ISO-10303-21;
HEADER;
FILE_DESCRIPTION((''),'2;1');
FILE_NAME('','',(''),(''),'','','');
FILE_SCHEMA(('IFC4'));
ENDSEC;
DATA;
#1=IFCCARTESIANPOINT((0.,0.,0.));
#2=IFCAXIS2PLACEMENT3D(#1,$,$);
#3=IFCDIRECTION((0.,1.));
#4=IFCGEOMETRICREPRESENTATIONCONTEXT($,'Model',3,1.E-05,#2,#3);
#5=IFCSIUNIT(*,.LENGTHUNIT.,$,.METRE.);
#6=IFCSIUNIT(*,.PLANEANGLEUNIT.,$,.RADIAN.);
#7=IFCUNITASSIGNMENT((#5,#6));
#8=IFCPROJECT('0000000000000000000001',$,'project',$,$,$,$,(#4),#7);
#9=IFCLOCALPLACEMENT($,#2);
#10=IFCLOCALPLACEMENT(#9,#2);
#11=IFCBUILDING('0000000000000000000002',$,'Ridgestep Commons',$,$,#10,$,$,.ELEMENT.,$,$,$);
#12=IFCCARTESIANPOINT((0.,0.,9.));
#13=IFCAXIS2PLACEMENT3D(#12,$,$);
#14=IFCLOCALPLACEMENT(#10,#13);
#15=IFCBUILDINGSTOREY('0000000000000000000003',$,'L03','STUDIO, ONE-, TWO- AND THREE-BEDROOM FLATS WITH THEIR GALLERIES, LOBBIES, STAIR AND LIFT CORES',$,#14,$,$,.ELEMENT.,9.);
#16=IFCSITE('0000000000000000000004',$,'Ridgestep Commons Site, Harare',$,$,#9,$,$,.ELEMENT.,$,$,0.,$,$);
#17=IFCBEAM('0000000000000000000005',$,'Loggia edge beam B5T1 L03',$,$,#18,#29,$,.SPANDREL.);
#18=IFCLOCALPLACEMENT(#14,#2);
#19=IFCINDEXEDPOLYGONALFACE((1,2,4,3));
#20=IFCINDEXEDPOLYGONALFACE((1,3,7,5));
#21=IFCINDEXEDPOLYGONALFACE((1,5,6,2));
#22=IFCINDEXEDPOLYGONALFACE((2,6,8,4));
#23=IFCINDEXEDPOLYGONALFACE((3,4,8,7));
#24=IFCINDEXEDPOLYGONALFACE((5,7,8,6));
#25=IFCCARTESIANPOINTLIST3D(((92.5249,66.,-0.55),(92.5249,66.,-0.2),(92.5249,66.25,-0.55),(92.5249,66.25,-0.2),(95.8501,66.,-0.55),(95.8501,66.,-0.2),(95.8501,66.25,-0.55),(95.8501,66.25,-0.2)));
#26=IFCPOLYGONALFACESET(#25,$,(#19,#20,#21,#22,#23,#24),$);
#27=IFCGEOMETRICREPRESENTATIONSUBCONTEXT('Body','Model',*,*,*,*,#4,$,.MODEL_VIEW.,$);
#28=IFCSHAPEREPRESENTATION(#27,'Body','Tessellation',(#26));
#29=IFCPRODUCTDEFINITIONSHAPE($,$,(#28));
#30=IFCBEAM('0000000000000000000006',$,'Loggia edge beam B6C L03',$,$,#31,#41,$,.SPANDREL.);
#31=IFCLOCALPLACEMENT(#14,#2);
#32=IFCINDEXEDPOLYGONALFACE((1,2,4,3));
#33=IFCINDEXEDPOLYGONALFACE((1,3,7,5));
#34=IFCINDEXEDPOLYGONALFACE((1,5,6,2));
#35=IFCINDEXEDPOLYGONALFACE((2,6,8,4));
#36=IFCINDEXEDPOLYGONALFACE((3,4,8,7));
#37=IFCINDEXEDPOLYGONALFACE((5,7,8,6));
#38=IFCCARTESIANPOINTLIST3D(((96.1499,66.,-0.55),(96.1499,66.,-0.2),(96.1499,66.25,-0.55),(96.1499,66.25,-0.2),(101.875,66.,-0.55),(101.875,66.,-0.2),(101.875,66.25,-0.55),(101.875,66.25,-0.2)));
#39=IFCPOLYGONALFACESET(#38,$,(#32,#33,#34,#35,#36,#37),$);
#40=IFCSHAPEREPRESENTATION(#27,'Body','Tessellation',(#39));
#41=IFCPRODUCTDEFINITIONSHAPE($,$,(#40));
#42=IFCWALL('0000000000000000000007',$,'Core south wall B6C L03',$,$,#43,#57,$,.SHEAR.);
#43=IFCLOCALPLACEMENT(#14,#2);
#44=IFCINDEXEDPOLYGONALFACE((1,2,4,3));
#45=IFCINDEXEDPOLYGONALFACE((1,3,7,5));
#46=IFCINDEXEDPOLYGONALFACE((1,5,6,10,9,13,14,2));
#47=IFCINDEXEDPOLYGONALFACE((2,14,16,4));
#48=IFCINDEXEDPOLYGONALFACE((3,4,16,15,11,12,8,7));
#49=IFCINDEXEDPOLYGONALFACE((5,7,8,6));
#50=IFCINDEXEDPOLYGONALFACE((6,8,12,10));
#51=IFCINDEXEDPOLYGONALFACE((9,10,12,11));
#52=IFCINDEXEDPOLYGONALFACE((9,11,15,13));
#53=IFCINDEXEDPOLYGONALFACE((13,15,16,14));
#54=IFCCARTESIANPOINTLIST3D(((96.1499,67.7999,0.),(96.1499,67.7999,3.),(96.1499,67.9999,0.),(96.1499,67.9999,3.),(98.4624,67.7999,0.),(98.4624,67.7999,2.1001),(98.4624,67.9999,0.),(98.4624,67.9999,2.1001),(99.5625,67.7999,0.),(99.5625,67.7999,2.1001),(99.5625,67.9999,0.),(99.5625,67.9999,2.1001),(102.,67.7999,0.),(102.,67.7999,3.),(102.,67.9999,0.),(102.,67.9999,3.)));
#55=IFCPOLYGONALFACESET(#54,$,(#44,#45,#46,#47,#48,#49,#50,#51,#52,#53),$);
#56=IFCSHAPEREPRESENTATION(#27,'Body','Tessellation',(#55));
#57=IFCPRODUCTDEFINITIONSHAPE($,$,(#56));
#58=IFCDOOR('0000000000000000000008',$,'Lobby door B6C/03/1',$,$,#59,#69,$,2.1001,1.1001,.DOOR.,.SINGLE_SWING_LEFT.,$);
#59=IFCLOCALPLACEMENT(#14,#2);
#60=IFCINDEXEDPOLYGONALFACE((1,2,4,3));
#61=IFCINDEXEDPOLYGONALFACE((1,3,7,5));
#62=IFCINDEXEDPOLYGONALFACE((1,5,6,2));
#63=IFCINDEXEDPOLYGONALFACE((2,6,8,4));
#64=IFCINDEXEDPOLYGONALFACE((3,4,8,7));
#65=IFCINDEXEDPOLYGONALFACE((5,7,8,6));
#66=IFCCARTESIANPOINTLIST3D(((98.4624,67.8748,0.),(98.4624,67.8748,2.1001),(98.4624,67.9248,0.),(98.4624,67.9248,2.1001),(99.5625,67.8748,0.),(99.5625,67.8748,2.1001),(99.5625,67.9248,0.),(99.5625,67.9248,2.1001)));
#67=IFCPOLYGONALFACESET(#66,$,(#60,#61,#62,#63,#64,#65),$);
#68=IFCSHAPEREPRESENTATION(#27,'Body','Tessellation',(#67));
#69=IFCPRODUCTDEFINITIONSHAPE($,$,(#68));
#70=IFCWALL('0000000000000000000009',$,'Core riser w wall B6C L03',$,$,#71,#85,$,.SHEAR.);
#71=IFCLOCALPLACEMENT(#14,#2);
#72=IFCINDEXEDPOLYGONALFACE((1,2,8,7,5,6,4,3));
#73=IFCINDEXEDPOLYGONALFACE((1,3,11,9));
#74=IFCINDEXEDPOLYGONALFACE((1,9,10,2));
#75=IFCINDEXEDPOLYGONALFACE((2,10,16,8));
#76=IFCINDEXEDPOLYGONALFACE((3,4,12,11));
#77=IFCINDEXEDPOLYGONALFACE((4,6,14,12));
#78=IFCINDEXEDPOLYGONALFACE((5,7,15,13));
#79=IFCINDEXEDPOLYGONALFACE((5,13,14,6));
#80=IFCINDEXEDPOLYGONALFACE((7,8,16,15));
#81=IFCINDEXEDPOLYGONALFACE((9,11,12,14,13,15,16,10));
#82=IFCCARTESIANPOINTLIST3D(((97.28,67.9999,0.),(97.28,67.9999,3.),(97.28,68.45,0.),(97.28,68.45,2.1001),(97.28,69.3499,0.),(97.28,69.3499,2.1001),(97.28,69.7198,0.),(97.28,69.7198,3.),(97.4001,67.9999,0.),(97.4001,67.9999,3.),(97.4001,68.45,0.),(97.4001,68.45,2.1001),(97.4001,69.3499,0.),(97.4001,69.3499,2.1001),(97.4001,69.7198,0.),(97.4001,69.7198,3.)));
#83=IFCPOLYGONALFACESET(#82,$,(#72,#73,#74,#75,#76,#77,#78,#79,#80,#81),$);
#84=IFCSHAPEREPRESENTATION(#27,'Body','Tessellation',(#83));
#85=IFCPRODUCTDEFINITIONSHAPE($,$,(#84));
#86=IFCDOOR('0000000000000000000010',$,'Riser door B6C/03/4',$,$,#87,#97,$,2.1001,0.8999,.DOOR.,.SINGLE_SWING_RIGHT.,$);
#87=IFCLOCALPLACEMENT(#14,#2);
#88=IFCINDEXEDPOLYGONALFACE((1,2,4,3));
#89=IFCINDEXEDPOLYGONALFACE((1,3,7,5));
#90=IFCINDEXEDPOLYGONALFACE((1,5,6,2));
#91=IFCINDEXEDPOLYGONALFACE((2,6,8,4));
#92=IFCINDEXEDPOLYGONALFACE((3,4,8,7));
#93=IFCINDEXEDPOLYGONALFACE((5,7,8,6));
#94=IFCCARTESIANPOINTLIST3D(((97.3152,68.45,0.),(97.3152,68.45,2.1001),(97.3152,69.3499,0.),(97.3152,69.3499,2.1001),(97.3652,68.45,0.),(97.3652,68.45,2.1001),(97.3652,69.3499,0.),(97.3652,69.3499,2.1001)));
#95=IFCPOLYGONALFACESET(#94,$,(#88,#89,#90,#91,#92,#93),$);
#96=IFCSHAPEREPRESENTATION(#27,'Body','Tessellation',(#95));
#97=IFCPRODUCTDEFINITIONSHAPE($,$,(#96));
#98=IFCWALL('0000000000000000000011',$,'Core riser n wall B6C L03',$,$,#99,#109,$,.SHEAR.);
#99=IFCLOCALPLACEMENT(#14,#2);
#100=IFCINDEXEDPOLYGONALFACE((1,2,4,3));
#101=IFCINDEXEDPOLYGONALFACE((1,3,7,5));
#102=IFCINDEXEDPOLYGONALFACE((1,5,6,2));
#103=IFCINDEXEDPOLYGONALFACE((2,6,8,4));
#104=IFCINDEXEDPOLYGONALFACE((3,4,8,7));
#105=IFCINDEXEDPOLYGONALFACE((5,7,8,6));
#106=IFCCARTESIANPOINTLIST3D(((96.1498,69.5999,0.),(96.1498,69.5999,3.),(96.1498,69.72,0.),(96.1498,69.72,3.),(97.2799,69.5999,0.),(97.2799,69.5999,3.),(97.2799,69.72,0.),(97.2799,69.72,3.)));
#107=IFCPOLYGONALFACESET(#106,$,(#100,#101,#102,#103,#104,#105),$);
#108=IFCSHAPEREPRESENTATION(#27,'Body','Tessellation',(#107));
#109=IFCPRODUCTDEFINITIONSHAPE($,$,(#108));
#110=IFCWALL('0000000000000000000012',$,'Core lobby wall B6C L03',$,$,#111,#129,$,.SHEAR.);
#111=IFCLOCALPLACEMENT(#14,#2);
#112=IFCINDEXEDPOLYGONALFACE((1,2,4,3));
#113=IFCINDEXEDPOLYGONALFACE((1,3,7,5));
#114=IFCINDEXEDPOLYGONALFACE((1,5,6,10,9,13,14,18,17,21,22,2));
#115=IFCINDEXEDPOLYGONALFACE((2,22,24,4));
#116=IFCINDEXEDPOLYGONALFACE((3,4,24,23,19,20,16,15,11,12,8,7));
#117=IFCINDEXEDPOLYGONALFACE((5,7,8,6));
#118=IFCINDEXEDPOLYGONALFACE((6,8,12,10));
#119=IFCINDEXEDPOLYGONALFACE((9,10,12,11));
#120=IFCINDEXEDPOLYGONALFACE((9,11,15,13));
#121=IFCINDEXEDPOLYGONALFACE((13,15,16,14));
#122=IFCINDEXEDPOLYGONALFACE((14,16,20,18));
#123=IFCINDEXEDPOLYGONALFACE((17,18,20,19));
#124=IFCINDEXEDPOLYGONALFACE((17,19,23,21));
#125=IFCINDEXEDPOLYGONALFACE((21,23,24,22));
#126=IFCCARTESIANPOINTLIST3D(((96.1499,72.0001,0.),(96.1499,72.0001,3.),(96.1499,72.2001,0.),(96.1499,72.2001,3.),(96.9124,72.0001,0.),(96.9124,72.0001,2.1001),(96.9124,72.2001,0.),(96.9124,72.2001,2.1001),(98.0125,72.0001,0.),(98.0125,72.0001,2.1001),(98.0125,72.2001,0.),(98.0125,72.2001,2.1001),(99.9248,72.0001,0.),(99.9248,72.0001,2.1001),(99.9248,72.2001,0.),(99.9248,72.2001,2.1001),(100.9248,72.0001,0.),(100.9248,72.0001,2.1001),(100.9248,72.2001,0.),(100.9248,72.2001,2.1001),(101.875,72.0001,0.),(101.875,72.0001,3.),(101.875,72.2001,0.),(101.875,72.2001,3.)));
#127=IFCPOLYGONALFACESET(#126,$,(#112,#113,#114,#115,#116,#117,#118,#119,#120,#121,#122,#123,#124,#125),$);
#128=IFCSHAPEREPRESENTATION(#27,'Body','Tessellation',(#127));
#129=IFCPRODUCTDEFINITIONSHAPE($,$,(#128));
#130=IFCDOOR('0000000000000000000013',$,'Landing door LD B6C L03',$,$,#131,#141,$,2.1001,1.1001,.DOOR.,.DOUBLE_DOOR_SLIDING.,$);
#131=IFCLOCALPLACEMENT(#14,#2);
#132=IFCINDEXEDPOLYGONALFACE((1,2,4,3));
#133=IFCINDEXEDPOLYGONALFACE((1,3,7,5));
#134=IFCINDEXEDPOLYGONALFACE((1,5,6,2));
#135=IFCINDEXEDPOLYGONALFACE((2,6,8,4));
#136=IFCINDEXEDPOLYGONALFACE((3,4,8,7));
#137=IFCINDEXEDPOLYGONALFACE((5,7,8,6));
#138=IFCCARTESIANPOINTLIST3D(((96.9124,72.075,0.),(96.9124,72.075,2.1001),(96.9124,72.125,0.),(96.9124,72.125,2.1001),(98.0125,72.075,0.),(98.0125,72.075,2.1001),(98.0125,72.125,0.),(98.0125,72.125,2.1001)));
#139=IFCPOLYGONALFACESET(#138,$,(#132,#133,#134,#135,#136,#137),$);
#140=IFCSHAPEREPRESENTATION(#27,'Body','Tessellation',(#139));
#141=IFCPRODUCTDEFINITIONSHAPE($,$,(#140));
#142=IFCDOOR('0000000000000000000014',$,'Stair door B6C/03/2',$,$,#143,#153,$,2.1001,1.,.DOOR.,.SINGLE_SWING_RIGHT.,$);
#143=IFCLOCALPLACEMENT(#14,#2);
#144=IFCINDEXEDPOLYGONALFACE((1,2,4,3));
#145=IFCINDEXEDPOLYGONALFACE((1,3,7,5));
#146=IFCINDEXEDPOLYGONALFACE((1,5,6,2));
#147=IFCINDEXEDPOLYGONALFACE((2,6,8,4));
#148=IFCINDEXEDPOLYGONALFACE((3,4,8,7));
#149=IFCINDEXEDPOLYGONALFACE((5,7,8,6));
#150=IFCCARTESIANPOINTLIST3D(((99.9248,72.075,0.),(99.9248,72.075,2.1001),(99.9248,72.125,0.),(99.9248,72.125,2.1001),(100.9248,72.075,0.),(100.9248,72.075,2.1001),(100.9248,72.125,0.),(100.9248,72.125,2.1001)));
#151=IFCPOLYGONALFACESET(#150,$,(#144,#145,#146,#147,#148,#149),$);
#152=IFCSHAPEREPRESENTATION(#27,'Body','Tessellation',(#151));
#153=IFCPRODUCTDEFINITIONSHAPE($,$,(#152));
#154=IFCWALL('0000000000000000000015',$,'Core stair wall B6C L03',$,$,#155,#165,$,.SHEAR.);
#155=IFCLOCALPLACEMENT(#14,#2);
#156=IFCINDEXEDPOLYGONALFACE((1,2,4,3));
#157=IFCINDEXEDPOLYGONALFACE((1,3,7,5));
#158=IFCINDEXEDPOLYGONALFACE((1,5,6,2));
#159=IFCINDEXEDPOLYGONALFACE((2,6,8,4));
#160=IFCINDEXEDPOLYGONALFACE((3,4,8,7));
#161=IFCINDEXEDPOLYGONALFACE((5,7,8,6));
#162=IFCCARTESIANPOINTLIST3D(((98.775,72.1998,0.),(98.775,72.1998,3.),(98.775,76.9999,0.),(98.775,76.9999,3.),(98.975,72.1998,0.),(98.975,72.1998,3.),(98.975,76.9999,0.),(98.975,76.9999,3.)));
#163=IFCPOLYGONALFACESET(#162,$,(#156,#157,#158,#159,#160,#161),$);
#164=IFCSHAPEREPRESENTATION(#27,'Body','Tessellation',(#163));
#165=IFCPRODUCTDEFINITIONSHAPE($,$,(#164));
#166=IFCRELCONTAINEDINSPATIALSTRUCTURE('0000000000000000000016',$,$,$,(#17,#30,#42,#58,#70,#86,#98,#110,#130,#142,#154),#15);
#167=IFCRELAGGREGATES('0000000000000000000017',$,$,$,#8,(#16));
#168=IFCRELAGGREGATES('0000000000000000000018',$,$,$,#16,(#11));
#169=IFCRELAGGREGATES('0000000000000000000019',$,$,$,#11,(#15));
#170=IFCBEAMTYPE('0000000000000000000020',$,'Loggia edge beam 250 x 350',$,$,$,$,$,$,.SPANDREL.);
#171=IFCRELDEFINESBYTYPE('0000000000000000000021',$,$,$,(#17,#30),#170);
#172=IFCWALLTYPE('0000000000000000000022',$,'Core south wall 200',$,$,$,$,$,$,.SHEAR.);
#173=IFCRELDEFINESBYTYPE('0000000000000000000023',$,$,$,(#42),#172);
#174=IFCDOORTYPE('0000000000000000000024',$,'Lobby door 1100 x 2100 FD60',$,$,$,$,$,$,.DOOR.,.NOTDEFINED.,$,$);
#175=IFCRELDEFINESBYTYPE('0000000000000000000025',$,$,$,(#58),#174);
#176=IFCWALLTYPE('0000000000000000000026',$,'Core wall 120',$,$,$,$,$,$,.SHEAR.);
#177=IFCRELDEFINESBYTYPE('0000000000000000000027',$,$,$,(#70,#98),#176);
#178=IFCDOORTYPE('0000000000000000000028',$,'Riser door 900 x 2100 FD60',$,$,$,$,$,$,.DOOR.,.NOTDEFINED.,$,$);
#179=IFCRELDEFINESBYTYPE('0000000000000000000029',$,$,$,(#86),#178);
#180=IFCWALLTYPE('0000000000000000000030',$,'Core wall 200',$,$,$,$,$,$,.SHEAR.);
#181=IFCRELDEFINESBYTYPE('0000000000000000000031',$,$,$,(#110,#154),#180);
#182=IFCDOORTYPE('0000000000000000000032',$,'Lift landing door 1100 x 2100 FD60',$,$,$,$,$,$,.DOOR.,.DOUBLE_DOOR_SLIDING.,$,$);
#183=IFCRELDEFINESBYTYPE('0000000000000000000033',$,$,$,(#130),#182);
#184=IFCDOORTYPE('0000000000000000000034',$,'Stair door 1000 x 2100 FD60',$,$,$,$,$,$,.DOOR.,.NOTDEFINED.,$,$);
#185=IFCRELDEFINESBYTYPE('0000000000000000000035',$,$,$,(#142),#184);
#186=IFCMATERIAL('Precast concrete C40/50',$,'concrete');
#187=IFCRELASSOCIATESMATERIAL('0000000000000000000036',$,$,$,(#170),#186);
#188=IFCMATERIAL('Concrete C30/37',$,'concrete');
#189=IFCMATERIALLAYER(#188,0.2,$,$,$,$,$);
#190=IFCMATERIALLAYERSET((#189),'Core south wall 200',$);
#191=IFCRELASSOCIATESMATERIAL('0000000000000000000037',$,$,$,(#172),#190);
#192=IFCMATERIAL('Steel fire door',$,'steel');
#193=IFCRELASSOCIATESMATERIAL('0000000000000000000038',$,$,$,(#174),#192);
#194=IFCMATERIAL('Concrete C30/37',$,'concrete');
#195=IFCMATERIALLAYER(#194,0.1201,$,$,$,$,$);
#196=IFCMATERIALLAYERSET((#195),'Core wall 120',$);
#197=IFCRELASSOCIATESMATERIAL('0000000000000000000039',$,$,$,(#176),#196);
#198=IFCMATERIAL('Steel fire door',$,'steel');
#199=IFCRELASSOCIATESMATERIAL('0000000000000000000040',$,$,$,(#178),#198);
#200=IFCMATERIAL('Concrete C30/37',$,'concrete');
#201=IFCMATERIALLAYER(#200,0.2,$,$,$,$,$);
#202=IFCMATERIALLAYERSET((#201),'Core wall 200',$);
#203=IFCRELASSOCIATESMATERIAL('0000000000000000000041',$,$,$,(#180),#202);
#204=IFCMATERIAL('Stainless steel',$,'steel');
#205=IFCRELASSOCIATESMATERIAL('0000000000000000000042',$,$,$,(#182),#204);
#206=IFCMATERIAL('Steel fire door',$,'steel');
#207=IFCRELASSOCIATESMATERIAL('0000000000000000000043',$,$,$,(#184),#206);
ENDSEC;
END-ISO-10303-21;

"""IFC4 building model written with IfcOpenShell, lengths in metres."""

from ifc_helpers import new_model, si_unit, direction, frame, frame_2d, origin, origin_2d, place, context, subcontext, project, spatial, rectangle, extrude, material, layer, layer_set, material_profile, profile_set, type_object, element, fill, save


model = new_model("IFC4")

# Units and contexts
model_context = context("Model", 3, precision=1e-05, world=origin(), true_north=direction((0.0, 1.0)))
body_context = subcontext(model_context, "Body", "Model", "MODEL_VIEW")
ifc_project = project(units=[si_unit("LENGTHUNIT", "METRE"), si_unit("PLANEANGLEUNIT", "RADIAN")], contexts=[model_context])

# Site, building, storey
site_placement = place(None, origin())
site = spatial("IfcSite", under=ifc_project, at=site_placement, Name="Ridgestep Commons Site, Harare", CompositionType="ELEMENT", RefElevation=0.0)
building_placement = place(site_placement, origin())
building = spatial("IfcBuilding", under=site, at=building_placement, Name="Ridgestep Commons", CompositionType="ELEMENT")
storey_placement = place(building_placement, frame((0.0, 0.0, 9.0)))
storey = spatial("IfcBuildingStorey", under=building, at=storey_placement, Name="L03", Description="STUDIO, ONE-, TWO- AND THREE-BEDROOM FLATS WITH THEIR GALLERIES, LOBBIES, STAIR AND LIFT CORES", CompositionType="ELEMENT", Elevation=9.0)

# Beams
ifc_material_1 = material(Name="Precast concrete C40/50", Category="concrete")
ifc_material_profile = material_profile(ifc_material_1, rectangle(XDim=0.25, YDim=0.3501, at=origin_2d()), Name="PC 250x350")
ifc_profile_set = profile_set([ifc_material_profile], Name="Precast concrete C40/50")
beam_type = type_object("IfcBeamType", Name="Loggia edge beam 250 x 350", PredefinedType="SPANDREL", material=ifc_profile_set)
beam_1_placement = place(storey_placement, frame((92.5249, 66.125, -0.375), z_axis=(1.0, 0.0, 0.0), x_axis=(0.0, 1.0, 0.0)))
element("IfcBeam", 1, at=beam_1_placement, inside=storey, type_object=beam_type, Name="Loggia edge beam B5T1 L03", PredefinedType="SPANDREL", context=body_context, shape_type="SweptSolid", body=[
    extrude(rectangle(XDim=0.25, YDim=0.3501, at=origin_2d()), origin(), (0.0, 0.0, 1.0), 3.3252),
])
beam_2_placement = place(storey_placement, frame((96.1499, 66.125, -0.375), z_axis=(1.0, 0.0, 0.0), x_axis=(0.0, 1.0, 0.0)))
element("IfcBeam", 2, at=beam_2_placement, inside=storey, type_object=beam_type, Name="Loggia edge beam B6C L03", PredefinedType="SPANDREL", context=body_context, shape_type="SweptSolid", body=[
    extrude(rectangle(XDim=0.25, YDim=0.3501, at=origin_2d()), origin(), (0.0, 0.0, 1.0), 5.7251),
])

# Walls, openings, doors
ifc_material_2 = material(Name="Concrete C30/37", Category="concrete")
ifc_layer_1 = layer(ifc_material_2, 0.2)
ifc_layer_set_1 = layer_set([ifc_layer_1], Name="Core south wall 200")
wall_type_1 = type_object("IfcWallType", Name="Core south wall 200", PredefinedType="SHEAR", material=ifc_layer_set_1)
wall_1_placement = place(storey_placement, frame((96.1499, 67.8999, 0.0), z_axis=(0.0, 0.0, 1.0), x_axis=(1.0, 0.0, 0.0)))
wall_1 = element("IfcWall", 3, at=wall_1_placement, inside=storey, type_object=wall_type_1, Name="Core south wall B6C L03", PredefinedType="SHEAR", context=body_context, shape_type="SweptSolid", body=[
    extrude(rectangle(XDim=5.8501, YDim=0.2, at=frame_2d((2.925, 0.0))), origin(), (0.0, 0.0, 1.0), 3.0),
])
opening_1_placement = place(wall_1_placement, frame((2.3125, 0.0, 0.0)))
opening_1 = element("IfcOpeningElement", 4, at=opening_1_placement, cuts=wall_1, PredefinedType="OPENING", context=body_context, shape_type="SweptSolid", body=[
    extrude(rectangle(XDim=1.1001, YDim=2.1001, at=frame_2d((0.55, 1.05))), frame((0.0, 0.1099, 0.0), z_axis=(0.0, -1.0, 0.0), x_axis=(1.0, 0.0, 0.0)), (0.0, 0.0, 1.0), 0.22),
])
ifc_material_3 = material(Name="Steel fire door", Category="steel")
door_type_1 = type_object("IfcDoorType", Name="Lobby door 1100 x 2100 FD60", OperationType="NOTDEFINED", PredefinedType="DOOR", material=ifc_material_3)
door_1_placement = place(opening_1_placement, origin())
door_1 = element("IfcDoor", 5, at=door_1_placement, inside=storey, type_object=door_type_1, Name="Lobby door B6C/03/1", OperationType="SINGLE_SWING_LEFT", OverallHeight=2.1001, OverallWidth=1.1001, PredefinedType="DOOR", context=body_context, shape_type="SweptSolid", body=[
    extrude(rectangle(XDim=1.1001, YDim=2.1001, at=frame_2d((0.55, 1.05))), frame((0.0, 0.0249, 0.0), z_axis=(0.0, -1.0, 0.0), x_axis=(1.0, 0.0, 0.0)), (0.0, 0.0, 1.0), 0.05),
])
fill(opening_1, door_1)
ifc_material_4 = material(Name="Concrete C30/37", Category="concrete")
ifc_layer_2 = layer(ifc_material_4, 0.1201)
ifc_layer_set_2 = layer_set([ifc_layer_2], Name="Core wall 120")
wall_type_2 = type_object("IfcWallType", Name="Core wall 120", PredefinedType="SHEAR", material=ifc_layer_set_2)
wall_2_placement = place(storey_placement, frame((97.3401, 68.0, 0.0), z_axis=(0.0, 0.0, 1.0), x_axis=(0.0, 1.0, 0.0)))
wall_2 = element("IfcWall", 6, at=wall_2_placement, inside=storey, type_object=wall_type_2, Name="Core riser w wall B6C L03", PredefinedType="SHEAR", context=body_context, shape_type="SweptSolid", body=[
    extrude(rectangle(XDim=1.72, YDim=0.1201, at=frame_2d((0.8599, 0.0))), origin(), (0.0, 0.0, 1.0), 3.0),
])
opening_2_placement = place(wall_2_placement, frame((0.45, 0.0, 0.0)))
opening_2 = element("IfcOpeningElement", 7, at=opening_2_placement, cuts=wall_2, PredefinedType="OPENING", context=body_context, shape_type="SweptSolid", body=[
    extrude(rectangle(XDim=0.8999, YDim=2.1001, at=frame_2d((0.45, 1.05))), frame((0.0, 0.0701, 0.0), z_axis=(0.0, -1.0, 0.0), x_axis=(1.0, 0.0, 0.0)), (0.0, 0.0, 1.0), 0.1401),
])
ifc_material_5 = material(Name="Steel fire door", Category="steel")
door_type_2 = type_object("IfcDoorType", Name="Riser door 900 x 2100 FD60", OperationType="NOTDEFINED", PredefinedType="DOOR", material=ifc_material_5)
door_2_placement = place(opening_2_placement, origin())
door_2 = element("IfcDoor", 8, at=door_2_placement, inside=storey, type_object=door_type_2, Name="Riser door B6C/03/4", OperationType="SINGLE_SWING_RIGHT", OverallHeight=2.1001, OverallWidth=0.8999, PredefinedType="DOOR", context=body_context, shape_type="SweptSolid", body=[
    extrude(rectangle(XDim=0.8999, YDim=2.1001, at=frame_2d((0.45, 1.05))), frame((0.0, 0.0249, 0.0), z_axis=(0.0, -1.0, 0.0), x_axis=(1.0, 0.0, 0.0)), (0.0, 0.0, 1.0), 0.05),
])
fill(opening_2, door_2)

# Wall
wall_3_placement = place(storey_placement, frame((96.1499, 69.6599, 0.0), z_axis=(0.0, 0.0, 1.0), x_axis=(1.0, 0.0, 0.0)))
element("IfcWall", 9, at=wall_3_placement, inside=storey, type_object=wall_type_2, Name="Core riser n wall B6C L03", PredefinedType="SHEAR", context=body_context, shape_type="SweptSolid", body=[
    extrude(rectangle(XDim=1.1301, YDim=0.1201, at=frame_2d((0.5649, 0.0))), origin(), (0.0, 0.0, 1.0), 3.0),
])

# Wall, openings, doors
ifc_material_6 = material(Name="Concrete C30/37", Category="concrete")
ifc_layer_3 = layer(ifc_material_6, 0.2)
ifc_layer_set_3 = layer_set([ifc_layer_3], Name="Core wall 200")
wall_type_3 = type_object("IfcWallType", Name="Core wall 200", PredefinedType="SHEAR", material=ifc_layer_set_3)
wall_4_placement = place(storey_placement, frame((96.1499, 72.1001, 0.0), z_axis=(0.0, 0.0, 1.0), x_axis=(1.0, 0.0, 0.0)))
wall_4 = element("IfcWall", 10, at=wall_4_placement, inside=storey, type_object=wall_type_3, Name="Core lobby wall B6C L03", PredefinedType="SHEAR", context=body_context, shape_type="SweptSolid", body=[
    extrude(rectangle(XDim=5.7251, YDim=0.2, at=frame_2d((2.8625, 0.0))), origin(), (0.0, 0.0, 1.0), 3.0),
])
opening_3_placement = place(wall_4_placement, frame((3.7749, 0.0, 0.0)))
opening_3 = element("IfcOpeningElement", 11, at=opening_3_placement, cuts=wall_4, PredefinedType="OPENING", context=body_context, shape_type="SweptSolid", body=[
    extrude(rectangle(XDim=1.0, YDim=2.1001, at=frame_2d((0.5, 1.05))), frame((0.0, 0.1099, 0.0), z_axis=(0.0, -1.0, 0.0), x_axis=(1.0, 0.0, 0.0)), (0.0, 0.0, 1.0), 0.22),
])
opening_4_placement = place(wall_4_placement, frame((0.7625, 0.0, 0.0)))
opening_4 = element("IfcOpeningElement", 12, at=opening_4_placement, cuts=wall_4, PredefinedType="OPENING", context=body_context, shape_type="SweptSolid", body=[
    extrude(rectangle(XDim=1.1001, YDim=2.1001, at=frame_2d((0.55, 1.05))), frame((0.0, 0.1099, 0.0), z_axis=(0.0, -1.0, 0.0), x_axis=(1.0, 0.0, 0.0)), (0.0, 0.0, 1.0), 0.22),
])
ifc_material_7 = material(Name="Stainless steel", Category="steel")
door_type_3 = type_object("IfcDoorType", Name="Lift landing door 1100 x 2100 FD60", OperationType="DOUBLE_DOOR_SLIDING", PredefinedType="DOOR", material=ifc_material_7)
door_3_placement = place(opening_4_placement, origin())
door_3 = element("IfcDoor", 13, at=door_3_placement, inside=storey, type_object=door_type_3, Name="Landing door LD B6C L03", OperationType="DOUBLE_DOOR_SLIDING", OverallHeight=2.1001, OverallWidth=1.1001, PredefinedType="DOOR", context=body_context, shape_type="SweptSolid", body=[
    extrude(rectangle(XDim=1.1001, YDim=2.1001, at=frame_2d((0.55, 1.05))), frame((0.0, 0.0249, 0.0), z_axis=(0.0, -1.0, 0.0), x_axis=(1.0, 0.0, 0.0)), (0.0, 0.0, 1.0), 0.05),
])
fill(opening_4, door_3)
ifc_material_8 = material(Name="Steel fire door", Category="steel")
door_type_4 = type_object("IfcDoorType", Name="Stair door 1000 x 2100 FD60", OperationType="NOTDEFINED", PredefinedType="DOOR", material=ifc_material_8)
door_4_placement = place(opening_3_placement, origin())
door_4 = element("IfcDoor", 14, at=door_4_placement, inside=storey, type_object=door_type_4, Name="Stair door B6C/03/2", OperationType="SINGLE_SWING_RIGHT", OverallHeight=2.1001, OverallWidth=1.0, PredefinedType="DOOR", context=body_context, shape_type="SweptSolid", body=[
    extrude(rectangle(XDim=1.0, YDim=2.1001, at=frame_2d((0.5, 1.05))), frame((0.0, 0.0249, 0.0), z_axis=(0.0, -1.0, 0.0), x_axis=(1.0, 0.0, 0.0)), (0.0, 0.0, 1.0), 0.05),
])
fill(opening_3, door_4)

# Wall
wall_5_placement = place(storey_placement, frame((98.875, 72.2, 0.0), z_axis=(0.0, 0.0, 1.0), x_axis=(0.0, 1.0, 0.0)))
element("IfcWall", 15, at=wall_5_placement, inside=storey, type_object=wall_type_3, Name="Core stair wall B6C L03", PredefinedType="SHEAR", context=body_context, shape_type="SweptSolid", body=[
    extrude(rectangle(XDim=4.8, YDim=0.2, at=frame_2d((2.3999, 0.0))), origin(), (0.0, 0.0, 1.0), 3.0),
])

save(model, "model.ifc")
